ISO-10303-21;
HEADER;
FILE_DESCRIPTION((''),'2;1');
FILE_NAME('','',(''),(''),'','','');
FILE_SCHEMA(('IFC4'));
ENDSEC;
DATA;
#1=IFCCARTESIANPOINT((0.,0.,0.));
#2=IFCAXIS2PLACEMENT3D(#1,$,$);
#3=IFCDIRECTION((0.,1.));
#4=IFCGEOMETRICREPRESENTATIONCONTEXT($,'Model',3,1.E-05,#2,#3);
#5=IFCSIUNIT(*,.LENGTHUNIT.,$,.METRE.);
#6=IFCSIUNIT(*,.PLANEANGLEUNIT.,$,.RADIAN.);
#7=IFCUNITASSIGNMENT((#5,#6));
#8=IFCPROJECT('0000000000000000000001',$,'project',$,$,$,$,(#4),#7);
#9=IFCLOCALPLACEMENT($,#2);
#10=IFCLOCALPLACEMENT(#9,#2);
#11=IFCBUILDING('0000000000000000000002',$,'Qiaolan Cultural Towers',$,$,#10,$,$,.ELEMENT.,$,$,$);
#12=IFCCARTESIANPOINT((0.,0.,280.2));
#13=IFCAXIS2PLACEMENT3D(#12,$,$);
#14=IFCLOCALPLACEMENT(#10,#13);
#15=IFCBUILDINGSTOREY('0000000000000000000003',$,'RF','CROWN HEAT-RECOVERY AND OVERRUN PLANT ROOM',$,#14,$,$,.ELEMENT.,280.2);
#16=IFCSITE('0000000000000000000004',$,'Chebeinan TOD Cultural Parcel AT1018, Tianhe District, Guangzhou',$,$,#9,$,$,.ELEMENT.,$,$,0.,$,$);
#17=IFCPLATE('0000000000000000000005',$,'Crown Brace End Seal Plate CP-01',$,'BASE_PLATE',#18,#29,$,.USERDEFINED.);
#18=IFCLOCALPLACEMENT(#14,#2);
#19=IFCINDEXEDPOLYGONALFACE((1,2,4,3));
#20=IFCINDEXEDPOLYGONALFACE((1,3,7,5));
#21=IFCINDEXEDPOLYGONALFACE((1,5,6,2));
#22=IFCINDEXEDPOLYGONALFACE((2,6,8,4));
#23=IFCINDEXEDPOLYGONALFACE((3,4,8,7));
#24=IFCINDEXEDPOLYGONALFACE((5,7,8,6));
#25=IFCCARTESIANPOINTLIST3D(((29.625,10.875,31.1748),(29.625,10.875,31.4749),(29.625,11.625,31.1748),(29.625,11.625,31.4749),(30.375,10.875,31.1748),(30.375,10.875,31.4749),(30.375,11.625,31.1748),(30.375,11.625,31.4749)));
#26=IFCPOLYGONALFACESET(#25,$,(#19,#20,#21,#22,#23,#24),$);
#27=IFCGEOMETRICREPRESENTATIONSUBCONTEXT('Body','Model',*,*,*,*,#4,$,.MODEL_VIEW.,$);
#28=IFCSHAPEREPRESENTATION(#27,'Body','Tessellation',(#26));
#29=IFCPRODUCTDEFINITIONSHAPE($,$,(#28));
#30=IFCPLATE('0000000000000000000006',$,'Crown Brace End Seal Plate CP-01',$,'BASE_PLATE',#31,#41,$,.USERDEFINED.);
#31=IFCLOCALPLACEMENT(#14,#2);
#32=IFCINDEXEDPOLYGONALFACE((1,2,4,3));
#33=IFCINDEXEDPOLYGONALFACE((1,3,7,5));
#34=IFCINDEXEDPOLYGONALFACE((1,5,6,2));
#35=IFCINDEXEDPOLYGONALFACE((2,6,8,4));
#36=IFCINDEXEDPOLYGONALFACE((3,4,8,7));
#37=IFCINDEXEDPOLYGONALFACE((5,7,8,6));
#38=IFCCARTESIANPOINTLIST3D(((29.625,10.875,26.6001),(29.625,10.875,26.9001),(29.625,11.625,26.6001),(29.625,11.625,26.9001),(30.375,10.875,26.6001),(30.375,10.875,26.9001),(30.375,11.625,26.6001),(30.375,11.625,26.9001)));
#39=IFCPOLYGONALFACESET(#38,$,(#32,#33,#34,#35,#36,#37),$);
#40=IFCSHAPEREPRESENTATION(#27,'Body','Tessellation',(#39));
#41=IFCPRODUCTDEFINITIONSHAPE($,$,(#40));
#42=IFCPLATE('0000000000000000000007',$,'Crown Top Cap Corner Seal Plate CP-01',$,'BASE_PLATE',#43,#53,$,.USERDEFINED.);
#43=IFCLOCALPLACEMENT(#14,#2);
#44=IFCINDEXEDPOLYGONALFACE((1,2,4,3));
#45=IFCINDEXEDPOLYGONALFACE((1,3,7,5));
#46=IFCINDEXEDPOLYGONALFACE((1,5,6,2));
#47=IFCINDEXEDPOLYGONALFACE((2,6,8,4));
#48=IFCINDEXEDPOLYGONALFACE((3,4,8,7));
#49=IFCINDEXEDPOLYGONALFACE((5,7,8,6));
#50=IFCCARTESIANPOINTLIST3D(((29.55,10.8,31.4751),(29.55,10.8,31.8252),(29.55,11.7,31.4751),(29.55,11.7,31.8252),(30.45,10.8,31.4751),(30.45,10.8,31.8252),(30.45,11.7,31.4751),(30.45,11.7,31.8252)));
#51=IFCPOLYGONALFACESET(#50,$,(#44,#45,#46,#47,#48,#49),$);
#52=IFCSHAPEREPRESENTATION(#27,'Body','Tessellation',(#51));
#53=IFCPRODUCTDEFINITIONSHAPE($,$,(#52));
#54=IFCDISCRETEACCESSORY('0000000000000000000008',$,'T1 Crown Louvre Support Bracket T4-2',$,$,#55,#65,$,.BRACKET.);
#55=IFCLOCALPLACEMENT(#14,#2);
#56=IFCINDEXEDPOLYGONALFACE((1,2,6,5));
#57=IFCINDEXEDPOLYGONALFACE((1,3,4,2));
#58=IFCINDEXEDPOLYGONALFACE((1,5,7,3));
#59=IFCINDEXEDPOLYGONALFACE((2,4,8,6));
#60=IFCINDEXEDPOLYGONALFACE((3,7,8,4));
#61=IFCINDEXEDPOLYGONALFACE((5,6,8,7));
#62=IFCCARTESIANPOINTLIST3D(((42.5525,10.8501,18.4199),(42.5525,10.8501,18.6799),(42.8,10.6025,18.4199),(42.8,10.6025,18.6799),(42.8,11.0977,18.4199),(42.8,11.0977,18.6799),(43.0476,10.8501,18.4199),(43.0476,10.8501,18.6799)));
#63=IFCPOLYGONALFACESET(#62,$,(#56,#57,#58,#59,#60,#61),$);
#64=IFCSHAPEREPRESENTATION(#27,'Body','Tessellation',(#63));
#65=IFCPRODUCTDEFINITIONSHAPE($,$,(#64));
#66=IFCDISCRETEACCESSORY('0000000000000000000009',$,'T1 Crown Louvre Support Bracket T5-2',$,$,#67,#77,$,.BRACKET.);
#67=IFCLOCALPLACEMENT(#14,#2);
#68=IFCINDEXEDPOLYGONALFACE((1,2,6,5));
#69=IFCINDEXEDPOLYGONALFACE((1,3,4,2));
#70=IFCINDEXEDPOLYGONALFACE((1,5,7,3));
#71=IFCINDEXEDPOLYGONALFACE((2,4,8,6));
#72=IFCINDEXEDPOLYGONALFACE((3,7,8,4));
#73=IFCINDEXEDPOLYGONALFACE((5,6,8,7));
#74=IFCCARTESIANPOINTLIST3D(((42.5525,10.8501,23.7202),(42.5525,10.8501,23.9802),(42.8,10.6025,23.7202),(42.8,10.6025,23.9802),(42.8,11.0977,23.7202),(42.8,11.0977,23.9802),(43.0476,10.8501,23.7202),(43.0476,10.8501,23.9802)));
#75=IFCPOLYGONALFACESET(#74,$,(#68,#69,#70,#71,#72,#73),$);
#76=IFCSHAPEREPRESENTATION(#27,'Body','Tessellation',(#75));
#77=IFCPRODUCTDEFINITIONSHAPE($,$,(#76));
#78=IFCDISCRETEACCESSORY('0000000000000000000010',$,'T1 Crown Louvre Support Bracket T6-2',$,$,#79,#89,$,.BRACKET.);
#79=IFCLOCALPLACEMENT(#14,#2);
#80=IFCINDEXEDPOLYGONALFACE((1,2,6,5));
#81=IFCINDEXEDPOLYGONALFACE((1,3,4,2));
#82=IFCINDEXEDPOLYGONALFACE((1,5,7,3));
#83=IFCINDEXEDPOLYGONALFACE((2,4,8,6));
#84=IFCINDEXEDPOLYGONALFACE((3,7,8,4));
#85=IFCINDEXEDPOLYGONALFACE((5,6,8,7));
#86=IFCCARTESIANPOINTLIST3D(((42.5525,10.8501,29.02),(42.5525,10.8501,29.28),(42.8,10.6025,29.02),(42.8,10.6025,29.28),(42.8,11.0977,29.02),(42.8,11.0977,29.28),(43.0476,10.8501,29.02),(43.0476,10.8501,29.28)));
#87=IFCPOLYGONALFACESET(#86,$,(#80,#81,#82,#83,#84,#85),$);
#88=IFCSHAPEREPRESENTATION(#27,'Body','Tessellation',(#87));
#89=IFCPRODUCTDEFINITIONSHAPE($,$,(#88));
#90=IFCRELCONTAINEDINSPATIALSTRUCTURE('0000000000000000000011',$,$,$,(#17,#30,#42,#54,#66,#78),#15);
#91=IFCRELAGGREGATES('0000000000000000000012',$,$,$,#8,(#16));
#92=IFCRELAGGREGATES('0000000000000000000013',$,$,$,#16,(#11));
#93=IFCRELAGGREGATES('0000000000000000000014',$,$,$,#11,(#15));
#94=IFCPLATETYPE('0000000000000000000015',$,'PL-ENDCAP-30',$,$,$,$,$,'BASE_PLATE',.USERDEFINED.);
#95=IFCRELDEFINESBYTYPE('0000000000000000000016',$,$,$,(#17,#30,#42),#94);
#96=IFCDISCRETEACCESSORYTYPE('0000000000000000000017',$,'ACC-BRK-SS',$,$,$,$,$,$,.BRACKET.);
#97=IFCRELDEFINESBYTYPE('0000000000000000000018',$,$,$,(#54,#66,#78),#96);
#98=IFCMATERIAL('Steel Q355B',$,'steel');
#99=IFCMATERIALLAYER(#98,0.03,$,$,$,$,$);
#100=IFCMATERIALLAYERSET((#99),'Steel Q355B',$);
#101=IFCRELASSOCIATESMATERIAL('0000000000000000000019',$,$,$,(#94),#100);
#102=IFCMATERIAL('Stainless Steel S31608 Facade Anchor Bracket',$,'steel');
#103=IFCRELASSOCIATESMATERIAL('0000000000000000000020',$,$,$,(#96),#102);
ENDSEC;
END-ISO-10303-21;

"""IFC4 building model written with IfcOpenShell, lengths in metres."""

from ifc_helpers import new_model, si_unit, direction, frame, origin, origin_2d, place, context, subcontext, project, spatial, rectangle, extrude, material, layer, layer_set, type_object, element, save


model = new_model("IFC4")

# Units and contexts
model_context = context("Model", 3, precision=1e-05, world=origin(), true_north=direction((0.0, 1.0)))
body_context = subcontext(model_context, "Body", "Model", "MODEL_VIEW")
ifc_project = project(units=[si_unit("LENGTHUNIT", "METRE"), si_unit("PLANEANGLEUNIT", "RADIAN")], contexts=[model_context])

# Site, building, storey
site_placement = place(None, origin())
site = spatial("IfcSite", under=ifc_project, at=site_placement, Name="Chebeinan TOD Cultural Parcel AT1018, Tianhe District, Guangzhou", CompositionType="ELEMENT", RefElevation=0.0)
building_placement = place(site_placement, origin())
building = spatial("IfcBuilding", under=site, at=building_placement, Name="Qiaolan Cultural Towers", CompositionType="ELEMENT")
storey_placement = place(building_placement, frame((0.0, 0.0, 280.2)))
storey = spatial("IfcBuildingStorey", under=building, at=storey_placement, Name="RF", Description="CROWN HEAT-RECOVERY AND OVERRUN PLANT ROOM", CompositionType="ELEMENT", Elevation=280.2)

# Plates
ifc_material_1 = material(Name="Steel Q355B", Category="steel")
ifc_layer_1 = layer(ifc_material_1, 0.03)
ifc_layer_set_1 = layer_set([ifc_layer_1], Name="Steel Q355B")
plate_type_1 = type_object("IfcPlateType", Name="PL-ENDCAP-30", ElementType="BASE_PLATE", PredefinedType="USERDEFINED", material=ifc_layer_set_1)
for number, where, z_axis, x_axis, name in (
    (1, (30.0, 11.25, 31.1748), (0.0, 0.0, 1.0), (1.0, 0.0, 0.0), "Crown Brace End Seal Plate CP-01"),
    (2, (30.0, 11.25, 26.6001), (0.0, 0.0, 1.0), (1.0, 0.0, 0.0), "Crown Brace End Seal Plate CP-01"),
):
    element("IfcPlate", number, at=place(storey_placement, frame(where, z_axis=z_axis, x_axis=x_axis)), inside=storey, type_object=plate_type_1, Name=name, ObjectType="BASE_PLATE", PredefinedType="USERDEFINED", context=body_context, shape_type="SweptSolid", body=[
        extrude(rectangle(XDim=0.75, YDim=0.75, at=origin_2d()), origin(), (0.0, 0.0, 1.0), 0.3),
    ])
plate_placement = place(storey_placement, frame((30.0, 11.25, 31.4751), z_axis=(0.0, 0.0, 1.0), x_axis=(1.0, 0.0, 0.0)))
element("IfcPlate", 3, at=plate_placement, inside=storey, type_object=plate_type_1, Name="Crown Top Cap Corner Seal Plate CP-01", ObjectType="BASE_PLATE", PredefinedType="USERDEFINED", context=body_context, shape_type="SweptSolid", body=[
    extrude(rectangle(XDim=0.8999, YDim=0.8999, at=origin_2d()), origin(), (0.0, 0.0, 1.0), 0.3501),
])

# Discrete accessories
ifc_material_2 = material(Name="Stainless Steel S31608 Facade Anchor Bracket", Category="steel")
discrete_accessory_type = type_object("IfcDiscreteAccessoryType", Name="ACC-BRK-SS", PredefinedType="BRACKET", material=ifc_material_2)
for number, where, z_axis, x_axis, name in (
    (4, (42.8, 10.8501, 18.4199), (0.0, 0.0, 1.0), (0.707107, 0.707107, 0.0), "T1 Crown Louvre Support Bracket T4-2"),
    (5, (42.8, 10.8501, 23.7202), (0.0, 0.0, 1.0), (0.707107, 0.707107, 0.0), "T1 Crown Louvre Support Bracket T5-2"),
    (6, (42.8, 10.8501, 29.02), (0.0, 0.0, 1.0), (0.707107, 0.707107, 0.0), "T1 Crown Louvre Support Bracket T6-2"),
):
    element("IfcDiscreteAccessory", number, at=place(storey_placement, frame(where, z_axis=z_axis, x_axis=x_axis)), inside=storey, type_object=discrete_accessory_type, Name=name, PredefinedType="BRACKET", context=body_context, shape_type="SweptSolid", body=[
        extrude(rectangle(XDim=0.3501, YDim=0.3501, at=origin_2d()), origin(), (0.0, 0.0, 1.0), 0.26),
    ])

save(model, "model.ifc")
